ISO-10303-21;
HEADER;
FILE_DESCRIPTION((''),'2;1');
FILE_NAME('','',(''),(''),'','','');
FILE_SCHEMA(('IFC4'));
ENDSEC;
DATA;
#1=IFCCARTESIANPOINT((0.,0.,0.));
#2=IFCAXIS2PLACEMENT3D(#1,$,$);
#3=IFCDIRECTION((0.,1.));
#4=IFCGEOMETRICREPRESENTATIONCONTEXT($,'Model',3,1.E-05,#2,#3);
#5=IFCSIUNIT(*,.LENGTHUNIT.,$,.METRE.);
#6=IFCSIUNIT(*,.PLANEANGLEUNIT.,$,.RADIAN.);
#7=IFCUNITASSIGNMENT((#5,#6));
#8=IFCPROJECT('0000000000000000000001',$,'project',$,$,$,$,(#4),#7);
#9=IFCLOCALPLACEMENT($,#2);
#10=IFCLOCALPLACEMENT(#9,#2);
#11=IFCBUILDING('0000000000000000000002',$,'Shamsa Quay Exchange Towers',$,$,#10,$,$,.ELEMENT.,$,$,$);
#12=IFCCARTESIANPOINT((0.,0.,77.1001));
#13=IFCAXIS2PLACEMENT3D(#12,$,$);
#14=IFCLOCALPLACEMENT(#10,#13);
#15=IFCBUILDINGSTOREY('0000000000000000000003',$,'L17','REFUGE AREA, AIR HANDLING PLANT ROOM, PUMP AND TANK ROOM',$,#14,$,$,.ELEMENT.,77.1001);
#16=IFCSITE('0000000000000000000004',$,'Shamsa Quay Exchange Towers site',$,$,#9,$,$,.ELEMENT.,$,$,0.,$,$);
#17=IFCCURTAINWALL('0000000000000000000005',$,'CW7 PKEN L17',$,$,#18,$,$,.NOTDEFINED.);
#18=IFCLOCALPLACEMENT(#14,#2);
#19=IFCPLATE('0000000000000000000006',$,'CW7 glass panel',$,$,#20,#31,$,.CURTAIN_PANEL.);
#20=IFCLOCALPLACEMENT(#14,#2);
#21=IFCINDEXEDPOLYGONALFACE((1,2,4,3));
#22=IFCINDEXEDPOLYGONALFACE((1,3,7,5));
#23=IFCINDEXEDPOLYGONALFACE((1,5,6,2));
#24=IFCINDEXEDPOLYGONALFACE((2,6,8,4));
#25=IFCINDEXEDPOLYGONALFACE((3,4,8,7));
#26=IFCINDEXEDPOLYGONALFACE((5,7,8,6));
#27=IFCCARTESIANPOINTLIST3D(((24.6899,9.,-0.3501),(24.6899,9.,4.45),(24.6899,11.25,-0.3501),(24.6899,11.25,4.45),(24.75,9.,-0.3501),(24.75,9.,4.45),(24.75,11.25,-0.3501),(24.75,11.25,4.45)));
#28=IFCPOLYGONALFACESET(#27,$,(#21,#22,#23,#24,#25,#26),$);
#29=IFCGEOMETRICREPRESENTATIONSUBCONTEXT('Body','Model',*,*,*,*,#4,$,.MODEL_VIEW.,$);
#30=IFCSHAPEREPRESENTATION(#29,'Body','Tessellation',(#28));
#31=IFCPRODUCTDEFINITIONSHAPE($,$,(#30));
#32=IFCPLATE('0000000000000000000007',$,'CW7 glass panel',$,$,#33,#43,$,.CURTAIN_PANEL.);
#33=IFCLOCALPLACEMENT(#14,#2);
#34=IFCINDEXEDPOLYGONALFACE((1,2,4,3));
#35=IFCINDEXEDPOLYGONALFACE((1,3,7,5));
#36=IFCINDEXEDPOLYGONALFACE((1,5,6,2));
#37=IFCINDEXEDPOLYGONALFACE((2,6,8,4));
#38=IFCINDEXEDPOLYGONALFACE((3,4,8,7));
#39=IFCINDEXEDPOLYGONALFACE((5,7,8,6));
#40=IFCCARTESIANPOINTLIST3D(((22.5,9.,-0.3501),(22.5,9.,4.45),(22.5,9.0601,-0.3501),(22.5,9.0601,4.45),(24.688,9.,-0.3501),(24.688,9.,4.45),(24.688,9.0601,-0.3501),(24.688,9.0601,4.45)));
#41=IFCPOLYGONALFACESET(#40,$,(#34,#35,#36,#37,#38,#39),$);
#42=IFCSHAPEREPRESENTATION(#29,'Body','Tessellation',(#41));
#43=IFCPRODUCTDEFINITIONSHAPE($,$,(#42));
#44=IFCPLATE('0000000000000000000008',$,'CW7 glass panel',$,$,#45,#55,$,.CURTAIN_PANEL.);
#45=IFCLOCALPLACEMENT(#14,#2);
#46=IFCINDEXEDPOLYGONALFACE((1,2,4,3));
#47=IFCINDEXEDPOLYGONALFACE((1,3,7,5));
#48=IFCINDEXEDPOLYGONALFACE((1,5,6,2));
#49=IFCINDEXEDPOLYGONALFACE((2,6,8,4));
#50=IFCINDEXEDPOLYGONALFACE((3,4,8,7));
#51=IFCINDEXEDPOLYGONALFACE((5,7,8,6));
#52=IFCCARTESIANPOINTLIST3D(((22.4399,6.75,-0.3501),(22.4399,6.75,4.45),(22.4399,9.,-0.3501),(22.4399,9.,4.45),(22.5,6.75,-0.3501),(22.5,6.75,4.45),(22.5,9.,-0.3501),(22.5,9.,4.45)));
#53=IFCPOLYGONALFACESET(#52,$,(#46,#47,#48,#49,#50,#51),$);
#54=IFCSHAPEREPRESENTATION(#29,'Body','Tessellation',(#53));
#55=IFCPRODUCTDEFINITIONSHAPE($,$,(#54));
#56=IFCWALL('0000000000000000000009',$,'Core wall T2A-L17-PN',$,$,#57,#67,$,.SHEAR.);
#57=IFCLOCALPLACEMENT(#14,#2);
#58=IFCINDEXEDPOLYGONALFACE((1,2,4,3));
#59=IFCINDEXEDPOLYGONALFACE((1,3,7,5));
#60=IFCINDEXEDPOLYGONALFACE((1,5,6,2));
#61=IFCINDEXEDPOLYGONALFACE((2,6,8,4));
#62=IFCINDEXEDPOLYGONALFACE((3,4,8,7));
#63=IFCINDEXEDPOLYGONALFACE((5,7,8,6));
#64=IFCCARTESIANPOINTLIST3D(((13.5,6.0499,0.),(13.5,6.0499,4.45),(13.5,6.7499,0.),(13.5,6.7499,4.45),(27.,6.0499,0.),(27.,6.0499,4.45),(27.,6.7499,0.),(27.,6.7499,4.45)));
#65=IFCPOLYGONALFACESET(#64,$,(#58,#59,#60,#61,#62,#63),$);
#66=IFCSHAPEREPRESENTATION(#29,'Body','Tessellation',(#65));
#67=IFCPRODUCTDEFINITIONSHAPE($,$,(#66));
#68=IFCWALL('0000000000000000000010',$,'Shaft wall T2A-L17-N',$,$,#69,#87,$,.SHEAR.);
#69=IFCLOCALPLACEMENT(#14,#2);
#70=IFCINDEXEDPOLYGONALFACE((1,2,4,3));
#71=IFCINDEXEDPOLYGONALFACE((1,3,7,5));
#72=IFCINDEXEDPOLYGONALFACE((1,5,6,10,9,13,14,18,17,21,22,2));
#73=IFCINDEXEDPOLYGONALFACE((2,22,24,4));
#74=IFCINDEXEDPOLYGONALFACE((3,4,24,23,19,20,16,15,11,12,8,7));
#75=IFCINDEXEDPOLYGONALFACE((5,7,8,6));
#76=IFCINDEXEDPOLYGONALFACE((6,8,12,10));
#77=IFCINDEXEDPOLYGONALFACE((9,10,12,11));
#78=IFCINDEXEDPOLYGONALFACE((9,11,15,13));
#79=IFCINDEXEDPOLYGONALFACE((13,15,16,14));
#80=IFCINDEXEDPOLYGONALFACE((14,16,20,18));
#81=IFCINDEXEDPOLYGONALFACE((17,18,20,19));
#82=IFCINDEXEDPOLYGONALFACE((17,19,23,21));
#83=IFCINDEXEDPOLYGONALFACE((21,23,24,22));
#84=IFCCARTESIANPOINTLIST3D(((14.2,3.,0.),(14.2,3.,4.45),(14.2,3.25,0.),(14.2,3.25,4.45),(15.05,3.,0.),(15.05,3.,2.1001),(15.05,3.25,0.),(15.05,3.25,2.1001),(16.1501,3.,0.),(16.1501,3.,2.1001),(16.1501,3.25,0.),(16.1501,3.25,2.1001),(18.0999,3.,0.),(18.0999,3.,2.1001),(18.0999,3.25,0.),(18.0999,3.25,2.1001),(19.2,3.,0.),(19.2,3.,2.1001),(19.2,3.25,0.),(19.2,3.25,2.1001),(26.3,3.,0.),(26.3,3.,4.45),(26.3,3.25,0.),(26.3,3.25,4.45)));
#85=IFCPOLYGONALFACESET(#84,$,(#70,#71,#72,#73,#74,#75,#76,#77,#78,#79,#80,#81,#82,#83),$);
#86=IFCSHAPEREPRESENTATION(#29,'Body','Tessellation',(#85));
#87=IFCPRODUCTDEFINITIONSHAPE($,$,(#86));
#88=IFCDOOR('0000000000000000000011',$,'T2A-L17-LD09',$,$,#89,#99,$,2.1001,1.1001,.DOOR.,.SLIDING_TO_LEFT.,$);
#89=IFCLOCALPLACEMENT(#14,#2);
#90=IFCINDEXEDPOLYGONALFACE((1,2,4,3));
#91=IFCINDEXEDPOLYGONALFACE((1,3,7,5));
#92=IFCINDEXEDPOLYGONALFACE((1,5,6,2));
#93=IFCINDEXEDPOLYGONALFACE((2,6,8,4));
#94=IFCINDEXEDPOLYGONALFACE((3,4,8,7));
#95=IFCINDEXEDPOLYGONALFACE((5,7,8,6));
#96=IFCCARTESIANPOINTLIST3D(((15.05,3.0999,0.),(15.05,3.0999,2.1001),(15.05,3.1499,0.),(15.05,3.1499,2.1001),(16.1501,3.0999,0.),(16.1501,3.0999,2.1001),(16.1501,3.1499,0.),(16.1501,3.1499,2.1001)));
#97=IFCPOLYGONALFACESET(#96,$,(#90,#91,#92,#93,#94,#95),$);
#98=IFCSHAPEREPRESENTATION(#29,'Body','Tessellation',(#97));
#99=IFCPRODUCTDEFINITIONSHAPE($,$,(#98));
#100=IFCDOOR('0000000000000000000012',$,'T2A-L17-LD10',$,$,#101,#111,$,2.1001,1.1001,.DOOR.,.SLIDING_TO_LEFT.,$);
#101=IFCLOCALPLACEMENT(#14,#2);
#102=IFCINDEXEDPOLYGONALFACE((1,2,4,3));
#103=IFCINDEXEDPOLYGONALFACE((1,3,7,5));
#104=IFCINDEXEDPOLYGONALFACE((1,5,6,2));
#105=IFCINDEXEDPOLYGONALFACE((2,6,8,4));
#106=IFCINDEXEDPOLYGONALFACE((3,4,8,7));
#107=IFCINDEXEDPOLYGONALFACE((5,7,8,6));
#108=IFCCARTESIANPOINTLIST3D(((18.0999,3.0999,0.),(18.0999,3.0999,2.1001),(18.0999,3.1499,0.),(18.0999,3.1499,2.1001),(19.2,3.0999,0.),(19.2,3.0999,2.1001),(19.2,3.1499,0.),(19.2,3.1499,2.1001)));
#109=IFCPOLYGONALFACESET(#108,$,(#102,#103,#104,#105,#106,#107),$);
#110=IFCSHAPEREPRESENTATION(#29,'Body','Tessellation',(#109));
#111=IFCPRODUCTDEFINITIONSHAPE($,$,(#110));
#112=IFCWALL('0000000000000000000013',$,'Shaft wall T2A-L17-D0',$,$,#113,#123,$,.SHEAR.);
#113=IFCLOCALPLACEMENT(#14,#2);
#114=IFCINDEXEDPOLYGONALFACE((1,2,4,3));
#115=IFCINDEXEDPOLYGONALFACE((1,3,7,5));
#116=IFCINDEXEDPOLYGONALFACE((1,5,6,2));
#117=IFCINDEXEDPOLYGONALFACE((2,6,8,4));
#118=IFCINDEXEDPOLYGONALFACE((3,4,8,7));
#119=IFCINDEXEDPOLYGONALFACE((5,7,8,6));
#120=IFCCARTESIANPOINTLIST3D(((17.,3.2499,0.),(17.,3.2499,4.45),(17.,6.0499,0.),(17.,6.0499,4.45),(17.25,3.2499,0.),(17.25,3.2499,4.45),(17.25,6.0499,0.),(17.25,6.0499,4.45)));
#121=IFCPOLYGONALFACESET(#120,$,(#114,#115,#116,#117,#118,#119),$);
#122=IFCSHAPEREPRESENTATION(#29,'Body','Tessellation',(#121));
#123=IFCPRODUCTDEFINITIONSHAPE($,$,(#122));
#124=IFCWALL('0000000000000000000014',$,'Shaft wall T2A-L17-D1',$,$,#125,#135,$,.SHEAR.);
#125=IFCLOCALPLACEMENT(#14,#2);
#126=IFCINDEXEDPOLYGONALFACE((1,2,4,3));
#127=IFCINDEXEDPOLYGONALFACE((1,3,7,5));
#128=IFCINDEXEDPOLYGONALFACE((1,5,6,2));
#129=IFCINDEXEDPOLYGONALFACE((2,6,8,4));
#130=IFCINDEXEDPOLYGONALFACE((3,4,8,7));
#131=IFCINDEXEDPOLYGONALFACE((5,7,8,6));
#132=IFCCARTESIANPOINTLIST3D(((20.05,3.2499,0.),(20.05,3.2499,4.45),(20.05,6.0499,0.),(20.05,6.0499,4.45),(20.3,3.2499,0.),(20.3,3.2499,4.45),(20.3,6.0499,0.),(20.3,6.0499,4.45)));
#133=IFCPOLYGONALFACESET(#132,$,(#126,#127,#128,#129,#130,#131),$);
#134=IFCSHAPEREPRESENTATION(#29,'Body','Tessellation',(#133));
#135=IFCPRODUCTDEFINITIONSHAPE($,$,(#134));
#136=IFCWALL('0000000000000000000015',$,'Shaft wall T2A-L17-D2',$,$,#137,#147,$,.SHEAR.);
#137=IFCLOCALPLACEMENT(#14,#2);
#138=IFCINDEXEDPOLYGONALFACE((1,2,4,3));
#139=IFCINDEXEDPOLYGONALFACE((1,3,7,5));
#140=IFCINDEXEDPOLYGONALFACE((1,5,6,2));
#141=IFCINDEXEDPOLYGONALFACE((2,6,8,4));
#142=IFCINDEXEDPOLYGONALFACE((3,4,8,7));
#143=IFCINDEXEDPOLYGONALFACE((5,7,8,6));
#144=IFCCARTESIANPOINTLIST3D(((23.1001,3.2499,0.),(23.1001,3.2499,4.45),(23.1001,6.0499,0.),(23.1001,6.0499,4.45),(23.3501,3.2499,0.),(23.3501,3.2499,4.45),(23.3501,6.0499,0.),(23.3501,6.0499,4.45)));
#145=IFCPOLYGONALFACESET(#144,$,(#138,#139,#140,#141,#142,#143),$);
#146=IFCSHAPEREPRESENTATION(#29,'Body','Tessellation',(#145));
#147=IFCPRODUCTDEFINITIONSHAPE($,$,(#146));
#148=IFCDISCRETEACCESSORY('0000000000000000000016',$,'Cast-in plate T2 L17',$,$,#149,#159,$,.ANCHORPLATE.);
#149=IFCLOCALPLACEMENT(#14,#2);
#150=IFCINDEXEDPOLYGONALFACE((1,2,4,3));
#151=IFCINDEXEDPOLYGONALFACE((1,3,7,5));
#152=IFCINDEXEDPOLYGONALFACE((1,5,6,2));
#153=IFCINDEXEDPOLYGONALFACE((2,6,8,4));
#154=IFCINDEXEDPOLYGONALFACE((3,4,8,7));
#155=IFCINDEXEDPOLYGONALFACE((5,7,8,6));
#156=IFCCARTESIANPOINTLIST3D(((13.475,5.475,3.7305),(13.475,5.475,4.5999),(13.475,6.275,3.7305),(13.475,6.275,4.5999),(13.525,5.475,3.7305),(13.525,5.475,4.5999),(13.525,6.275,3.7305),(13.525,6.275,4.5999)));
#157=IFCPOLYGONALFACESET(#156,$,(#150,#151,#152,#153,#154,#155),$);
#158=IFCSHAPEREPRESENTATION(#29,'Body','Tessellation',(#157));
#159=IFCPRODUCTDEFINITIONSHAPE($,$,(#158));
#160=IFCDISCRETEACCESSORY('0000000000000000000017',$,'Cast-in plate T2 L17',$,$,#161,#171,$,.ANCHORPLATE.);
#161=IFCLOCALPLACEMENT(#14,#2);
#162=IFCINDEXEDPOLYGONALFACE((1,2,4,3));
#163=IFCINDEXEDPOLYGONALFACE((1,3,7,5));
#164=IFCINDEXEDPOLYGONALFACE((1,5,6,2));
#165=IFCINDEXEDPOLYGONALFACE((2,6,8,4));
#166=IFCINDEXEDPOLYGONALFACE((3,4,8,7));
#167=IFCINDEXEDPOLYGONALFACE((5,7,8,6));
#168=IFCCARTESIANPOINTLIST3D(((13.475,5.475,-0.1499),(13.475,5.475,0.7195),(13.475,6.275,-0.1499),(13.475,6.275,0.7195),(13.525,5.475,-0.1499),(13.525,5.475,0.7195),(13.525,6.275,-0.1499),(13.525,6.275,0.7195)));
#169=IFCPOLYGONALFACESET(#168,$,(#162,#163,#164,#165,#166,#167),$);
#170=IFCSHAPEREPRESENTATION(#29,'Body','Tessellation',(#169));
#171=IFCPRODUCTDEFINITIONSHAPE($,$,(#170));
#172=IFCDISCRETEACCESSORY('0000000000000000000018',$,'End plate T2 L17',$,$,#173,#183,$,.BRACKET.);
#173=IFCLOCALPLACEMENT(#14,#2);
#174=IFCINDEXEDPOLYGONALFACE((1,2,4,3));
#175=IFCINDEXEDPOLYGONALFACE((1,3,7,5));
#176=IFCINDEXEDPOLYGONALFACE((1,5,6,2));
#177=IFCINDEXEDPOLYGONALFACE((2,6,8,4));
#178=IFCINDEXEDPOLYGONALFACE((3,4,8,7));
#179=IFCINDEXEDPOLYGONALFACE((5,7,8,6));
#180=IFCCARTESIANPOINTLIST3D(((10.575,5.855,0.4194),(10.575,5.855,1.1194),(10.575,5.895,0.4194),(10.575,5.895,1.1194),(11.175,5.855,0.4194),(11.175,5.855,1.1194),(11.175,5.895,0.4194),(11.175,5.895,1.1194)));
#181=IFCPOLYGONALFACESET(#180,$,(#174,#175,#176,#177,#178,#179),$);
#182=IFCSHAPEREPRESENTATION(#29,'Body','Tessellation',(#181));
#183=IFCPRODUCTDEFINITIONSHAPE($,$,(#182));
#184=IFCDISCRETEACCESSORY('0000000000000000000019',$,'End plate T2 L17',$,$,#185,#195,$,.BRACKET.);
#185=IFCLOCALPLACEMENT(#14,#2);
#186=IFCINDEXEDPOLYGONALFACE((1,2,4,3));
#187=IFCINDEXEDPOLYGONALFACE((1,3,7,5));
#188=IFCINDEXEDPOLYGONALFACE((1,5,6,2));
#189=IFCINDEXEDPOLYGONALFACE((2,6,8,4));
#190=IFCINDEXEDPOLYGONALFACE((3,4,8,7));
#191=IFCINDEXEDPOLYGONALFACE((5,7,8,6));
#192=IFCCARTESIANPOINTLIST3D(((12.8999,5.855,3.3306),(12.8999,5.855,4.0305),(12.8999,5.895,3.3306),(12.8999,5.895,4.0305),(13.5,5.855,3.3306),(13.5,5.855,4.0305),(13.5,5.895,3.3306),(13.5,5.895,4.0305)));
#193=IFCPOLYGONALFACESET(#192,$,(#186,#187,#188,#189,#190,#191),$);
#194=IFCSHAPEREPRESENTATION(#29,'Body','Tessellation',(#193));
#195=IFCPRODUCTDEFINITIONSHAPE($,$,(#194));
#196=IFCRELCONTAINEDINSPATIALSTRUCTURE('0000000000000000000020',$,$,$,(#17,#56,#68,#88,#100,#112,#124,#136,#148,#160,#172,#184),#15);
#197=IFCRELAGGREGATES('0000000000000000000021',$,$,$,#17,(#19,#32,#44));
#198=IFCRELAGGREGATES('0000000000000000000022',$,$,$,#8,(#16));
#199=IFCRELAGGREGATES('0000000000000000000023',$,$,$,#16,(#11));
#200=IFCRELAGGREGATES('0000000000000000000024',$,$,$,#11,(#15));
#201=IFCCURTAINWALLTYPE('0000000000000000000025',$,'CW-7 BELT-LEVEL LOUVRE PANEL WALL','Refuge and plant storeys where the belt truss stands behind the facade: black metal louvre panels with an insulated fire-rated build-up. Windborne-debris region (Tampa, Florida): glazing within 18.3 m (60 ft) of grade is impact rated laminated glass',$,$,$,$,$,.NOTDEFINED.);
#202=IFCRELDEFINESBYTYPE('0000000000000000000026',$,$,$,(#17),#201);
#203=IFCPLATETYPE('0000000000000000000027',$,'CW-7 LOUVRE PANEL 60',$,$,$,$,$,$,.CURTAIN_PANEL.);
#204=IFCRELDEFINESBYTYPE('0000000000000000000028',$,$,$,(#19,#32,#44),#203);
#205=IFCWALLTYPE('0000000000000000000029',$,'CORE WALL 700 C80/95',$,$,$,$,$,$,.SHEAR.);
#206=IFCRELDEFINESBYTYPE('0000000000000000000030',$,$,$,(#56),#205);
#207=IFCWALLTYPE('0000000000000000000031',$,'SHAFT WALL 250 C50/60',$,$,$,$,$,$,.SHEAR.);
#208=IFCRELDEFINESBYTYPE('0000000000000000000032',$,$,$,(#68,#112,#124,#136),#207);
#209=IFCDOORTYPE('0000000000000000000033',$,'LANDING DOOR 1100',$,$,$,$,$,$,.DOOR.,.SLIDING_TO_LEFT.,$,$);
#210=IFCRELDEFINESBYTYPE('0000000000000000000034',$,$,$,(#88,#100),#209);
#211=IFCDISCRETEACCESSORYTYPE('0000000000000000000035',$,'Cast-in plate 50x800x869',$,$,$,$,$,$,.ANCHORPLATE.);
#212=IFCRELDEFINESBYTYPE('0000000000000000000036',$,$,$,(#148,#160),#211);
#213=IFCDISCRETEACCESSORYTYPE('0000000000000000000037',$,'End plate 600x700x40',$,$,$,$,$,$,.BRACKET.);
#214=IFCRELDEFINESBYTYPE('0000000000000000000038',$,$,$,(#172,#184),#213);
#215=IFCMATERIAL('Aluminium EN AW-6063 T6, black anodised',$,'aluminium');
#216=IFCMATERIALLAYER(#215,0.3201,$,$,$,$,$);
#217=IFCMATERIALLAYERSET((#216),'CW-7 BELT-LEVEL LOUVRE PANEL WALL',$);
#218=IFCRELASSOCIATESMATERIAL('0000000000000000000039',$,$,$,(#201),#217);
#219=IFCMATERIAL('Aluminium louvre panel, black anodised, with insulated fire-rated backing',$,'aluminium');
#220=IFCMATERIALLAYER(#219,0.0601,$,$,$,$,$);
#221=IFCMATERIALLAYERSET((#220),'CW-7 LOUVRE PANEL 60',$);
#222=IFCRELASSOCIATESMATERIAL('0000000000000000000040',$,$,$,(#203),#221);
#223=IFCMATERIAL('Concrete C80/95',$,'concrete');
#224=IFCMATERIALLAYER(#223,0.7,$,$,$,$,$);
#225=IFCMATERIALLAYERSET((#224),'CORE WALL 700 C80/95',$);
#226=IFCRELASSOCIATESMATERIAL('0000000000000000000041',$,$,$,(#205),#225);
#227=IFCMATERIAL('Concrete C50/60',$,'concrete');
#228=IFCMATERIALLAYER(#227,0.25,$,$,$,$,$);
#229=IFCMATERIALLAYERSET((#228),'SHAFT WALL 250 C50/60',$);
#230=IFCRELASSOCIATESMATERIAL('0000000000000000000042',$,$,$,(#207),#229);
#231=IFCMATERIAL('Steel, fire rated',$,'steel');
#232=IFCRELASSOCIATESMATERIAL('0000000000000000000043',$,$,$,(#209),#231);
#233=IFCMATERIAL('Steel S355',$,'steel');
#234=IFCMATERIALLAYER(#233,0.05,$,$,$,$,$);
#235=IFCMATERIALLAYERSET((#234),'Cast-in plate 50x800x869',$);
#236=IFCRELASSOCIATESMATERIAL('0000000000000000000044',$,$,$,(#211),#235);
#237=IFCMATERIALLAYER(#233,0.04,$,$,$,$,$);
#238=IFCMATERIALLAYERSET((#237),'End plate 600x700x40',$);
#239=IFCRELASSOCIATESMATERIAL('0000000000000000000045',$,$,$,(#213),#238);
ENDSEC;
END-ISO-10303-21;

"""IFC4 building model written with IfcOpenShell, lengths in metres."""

from ifc_helpers import new_model, si_unit, direction, frame, frame_2d, origin, origin_2d, place, context, subcontext, project, spatial, rectangle, extrude, material, layer, layer_set, type_object, element, fill, aggregate, save


model = new_model("IFC4")

# Units and contexts
model_context = context("Model", 3, precision=1e-05, world=origin(), true_north=direction((0.0, 1.0)))
body_context = subcontext(model_context, "Body", "Model", "MODEL_VIEW")
ifc_project = project(units=[si_unit("LENGTHUNIT", "METRE"), si_unit("PLANEANGLEUNIT", "RADIAN")], contexts=[model_context])

# Site, building, storey
site_placement = place(None, origin())
site = spatial("IfcSite", under=ifc_project, at=site_placement, Name="Shamsa Quay Exchange Towers site", CompositionType="ELEMENT", RefElevation=0.0)
building_placement = place(site_placement, origin())
building = spatial("IfcBuilding", under=site, at=building_placement, Name="Shamsa Quay Exchange Towers", CompositionType="ELEMENT")
storey_placement = place(building_placement, frame((0.0, 0.0, 77.1001)))
storey = spatial("IfcBuildingStorey", under=building, at=storey_placement, Name="L17", Description="REFUGE AREA, AIR HANDLING PLANT ROOM, PUMP AND TANK ROOM", CompositionType="ELEMENT", Elevation=77.1001)

# Shared definitions
ifc_material_1 = material(Name="Steel S355", Category="steel")

# Shared definitions
ifc_material_2 = material(Name="Aluminium EN AW-6063 T6, black anodised", Category="aluminium")
ifc_layer_1 = layer(ifc_material_2, 0.3201)
ifc_layer_set_1 = layer_set([ifc_layer_1], Name="CW-7 BELT-LEVEL LOUVRE PANEL WALL")
curtain_wall_type = type_object("IfcCurtainWallType", Name="CW-7 BELT-LEVEL LOUVRE PANEL WALL", Description="Refuge and plant storeys where the belt truss stands behind the facade: black metal louvre panels with an insulated fire-rated build-up. Windborne-debris region (Tampa, Florida): glazing within 18.3 m (60 ft) of grade is impact rated laminated glass", PredefinedType="NOTDEFINED", material=ifc_layer_set_1)
ifc_material_3 = material(Name="Aluminium louvre panel, black anodised, with insulated fire-rated backing", Category="aluminium")
ifc_layer_2 = layer(ifc_material_3, 0.0601)
ifc_layer_set_2 = layer_set([ifc_layer_2], Name="CW-7 LOUVRE PANEL 60")
plate_type = type_object("IfcPlateType", Name="CW-7 LOUVRE PANEL 60", PredefinedType="CURTAIN_PANEL", material=ifc_layer_set_2)

# Curtain wall, plates
curtain_wall_1_placement = place(storey_placement, origin())
curtain_wall_1 = element("IfcCurtainWall", 1, at=curtain_wall_1_placement, inside=storey, type_object=curtain_wall_type, Name="CW7 PKEN L17", PredefinedType="NOTDEFINED")
plate_1_placement = place(storey_placement, frame((24.72, 10.125, -0.3501), z_axis=(0.0, 0.0, 1.0), x_axis=(0.0, -1.0, 0.0)))
plate_1 = element("IfcPlate", 2, at=plate_1_placement, type_object=plate_type, Name="CW7 glass panel", PredefinedType="CURTAIN_PANEL", context=body_context, shape_type="SweptSolid", body=[
    extrude(rectangle(XDim=2.25, YDim=0.0601, at=origin_2d()), origin(), (0.0, 0.0, 1.0), 4.8),
])
plate_2_placement = place(storey_placement, frame((23.594, 9.03, -0.3501), z_axis=(0.0, 0.0, 1.0), x_axis=(-1.0, 0.0, 0.0)))
plate_2 = element("IfcPlate", 3, at=plate_2_placement, type_object=plate_type, Name="CW7 glass panel", PredefinedType="CURTAIN_PANEL", context=body_context, shape_type="SweptSolid", body=[
    extrude(rectangle(XDim=2.188, YDim=0.0601, at=origin_2d()), origin(), (0.0, 0.0, 1.0), 4.8),
])
plate_3_placement = place(storey_placement, frame((22.47, 7.875, -0.3501), z_axis=(0.0, 0.0, 1.0), x_axis=(0.0, -1.0, 0.0)))
plate_3 = element("IfcPlate", 4, at=plate_3_placement, type_object=plate_type, Name="CW7 glass panel", PredefinedType="CURTAIN_PANEL", context=body_context, shape_type="SweptSolid", body=[
    extrude(rectangle(XDim=2.25, YDim=0.0601, at=origin_2d()), origin(), (0.0, 0.0, 1.0), 4.8),
])
aggregate(curtain_wall_1, [plate_1, plate_2, plate_3])

# Wall
ifc_material_4 = material(Name="Concrete C80/95", Category="concrete")
ifc_layer_3 = layer(ifc_material_4, 0.7)
ifc_layer_set_3 = layer_set([ifc_layer_3], Name="CORE WALL 700 C80/95")
wall_type_1 = type_object("IfcWallType", Name="CORE WALL 700 C80/95", PredefinedType="SHEAR", material=ifc_layer_set_3)
wall_1_placement = place(storey_placement, frame((13.5, 6.3999, 0.0)))
element("IfcWall", 5, at=wall_1_placement, inside=storey, type_object=wall_type_1, Name="Core wall T2A-L17-PN", PredefinedType="SHEAR", context=body_context, shape_type="SweptSolid", body=[
    extrude(rectangle(XDim=13.5, YDim=0.7, at=frame_2d((6.75, 0.0))), origin(), (0.0, 0.0, 1.0), 4.45),
])

# Wall, openings, doors
ifc_material_5 = material(Name="Steel, fire rated", Category="steel")
ifc_material_6 = material(Name="Concrete C50/60", Category="concrete")
ifc_layer_4 = layer(ifc_material_6, 0.25)
ifc_layer_set_4 = layer_set([ifc_layer_4], Name="SHAFT WALL 250 C50/60")
wall_type_2 = type_object("IfcWallType", Name="SHAFT WALL 250 C50/60", PredefinedType="SHEAR", material=ifc_layer_set_4)
wall_2_placement = place(storey_placement, frame((14.2, 3.125, 0.0)))
wall_2 = element("IfcWall", 6, at=wall_2_placement, inside=storey, type_object=wall_type_2, Name="Shaft wall T2A-L17-N", PredefinedType="SHEAR", context=body_context, shape_type="SweptSolid", body=[
    extrude(rectangle(XDim=12.1001, YDim=0.25, at=frame_2d((6.05, 0.0))), origin(), (0.0, 0.0, 1.0), 4.45),
])
opening_1_placement = place(wall_2_placement, frame((0.8501, 0.0, 0.0)))
opening_1 = element("IfcOpeningElement", 7, at=opening_1_placement, cuts=wall_2, PredefinedType="OPENING", context=body_context, shape_type="SweptSolid", body=[
    extrude(rectangle(XDim=1.1001, YDim=2.1001, at=frame_2d((0.55, 1.05))), frame((0.0, 0.135, 0.0), z_axis=(0.0, -1.0, 0.0), x_axis=(1.0, 0.0, 0.0)), (0.0, 0.0, 1.0), 0.27),
])
opening_2_placement = place(wall_2_placement, frame((3.8999, 0.0, 0.0)))
opening_2 = element("IfcOpeningElement", 8, at=opening_2_placement, cuts=wall_2, PredefinedType="OPENING", context=body_context, shape_type="SweptSolid", body=[
    extrude(rectangle(XDim=1.1001, YDim=2.1001, at=frame_2d((0.55, 1.05))), frame((0.0, 0.135, 0.0), z_axis=(0.0, -1.0, 0.0), x_axis=(1.0, 0.0, 0.0)), (0.0, 0.0, 1.0), 0.27),
])
door_type_1 = type_object("IfcDoorType", Name="LANDING DOOR 1100", OperationType="SLIDING_TO_LEFT", PredefinedType="DOOR", material=ifc_material_5)
door_1_placement = place(opening_1_placement, origin())
door_1 = element("IfcDoor", 9, at=door_1_placement, inside=storey, type_object=door_type_1, Name="T2A-L17-LD09", OperationType="SLIDING_TO_LEFT", OverallHeight=2.1001, OverallWidth=1.1001, PredefinedType="DOOR", context=body_context, shape_type="SweptSolid", body=[
    extrude(rectangle(XDim=1.1001, YDim=2.1001, at=frame_2d((0.55, 1.05))), frame((0.0, 0.0249, 0.0), z_axis=(0.0, -1.0, 0.0), x_axis=(1.0, 0.0, 0.0)), (0.0, 0.0, 1.0), 0.05),
])
fill(opening_1, door_1)
door_2_placement = place(opening_2_placement, origin())
door_2 = element("IfcDoor", 10, at=door_2_placement, inside=storey, type_object=door_type_1, Name="T2A-L17-LD10", OperationType="SLIDING_TO_LEFT", OverallHeight=2.1001, OverallWidth=1.1001, PredefinedType="DOOR", context=body_context, shape_type="SweptSolid", body=[
    extrude(rectangle(XDim=1.1001, YDim=2.1001, at=frame_2d((0.55, 1.05))), frame((0.0, 0.0249, 0.0), z_axis=(0.0, -1.0, 0.0), x_axis=(1.0, 0.0, 0.0)), (0.0, 0.0, 1.0), 0.05),
])
fill(opening_2, door_2)

# Walls
for number, where, z_axis, x_axis, name in (
    (11, (17.125, 3.25, 0.0), (0.0, 0.0, 1.0), (0.0, 1.0, 0.0), "Shaft wall T2A-L17-D0"),
    (12, (20.175, 3.25, 0.0), (0.0, 0.0, 1.0), (0.0, 1.0, 0.0), "Shaft wall T2A-L17-D1"),
    (13, (23.2251, 3.25, 0.0), (0.0, 0.0, 1.0), (0.0, 1.0, 0.0), "Shaft wall T2A-L17-D2"),
):
    element("IfcWall", number, at=place(storey_placement, frame(where, z_axis=z_axis, x_axis=x_axis)), inside=storey, type_object=wall_type_2, Name=name, PredefinedType="SHEAR", context=body_context, shape_type="SweptSolid", body=[
        extrude(rectangle(XDim=2.8, YDim=0.25, at=frame_2d((1.3999, 0.0))), origin(), (0.0, 0.0, 1.0), 4.45),
    ])

# Discrete accessories
ifc_layer_5 = layer(ifc_material_1, 0.05)
ifc_layer_set_5 = layer_set([ifc_layer_5], Name="Cast-in plate 50x800x869")
discrete_accessory_type_1 = type_object("IfcDiscreteAccessoryType", Name="Cast-in plate 50x800x869", PredefinedType="ANCHORPLATE", material=ifc_layer_set_5)
for number, where, name in (
    (14, (13.5, 5.875, 3.7305), "Cast-in plate T2 L17"),
    (15, (13.5, 5.875, -0.1499), "Cast-in plate T2 L17"),
):
    element("IfcDiscreteAccessory", number, at=place(storey_placement, frame(where)), inside=storey, type_object=discrete_accessory_type_1, Name=name, PredefinedType="ANCHORPLATE", context=body_context, shape_type="SweptSolid", body=[
        extrude(rectangle(XDim=0.05, YDim=0.8, at=origin_2d()), origin(), (0.0, 0.0, 1.0), 0.8694),
    ])
ifc_layer_6 = layer(ifc_material_1, 0.04)
ifc_layer_set_6 = layer_set([ifc_layer_6], Name="End plate 600x700x40")
discrete_accessory_type_2 = type_object("IfcDiscreteAccessoryType", Name="End plate 600x700x40", PredefinedType="BRACKET", material=ifc_layer_set_6)
for number, where, name in (
    (16, (10.875, 5.875, 0.4194), "End plate T2 L17"),
    (17, (13.2, 5.875, 3.3306), "End plate T2 L17"),
):
    element("IfcDiscreteAccessory", number, at=place(storey_placement, frame(where)), inside=storey, type_object=discrete_accessory_type_2, Name=name, PredefinedType="BRACKET", context=body_context, shape_type="SweptSolid", body=[
        extrude(rectangle(XDim=0.6001, YDim=0.04, at=origin_2d()), origin(), (0.0, 0.0, 1.0), 0.7),
    ])

save(model, "model.ifc")
